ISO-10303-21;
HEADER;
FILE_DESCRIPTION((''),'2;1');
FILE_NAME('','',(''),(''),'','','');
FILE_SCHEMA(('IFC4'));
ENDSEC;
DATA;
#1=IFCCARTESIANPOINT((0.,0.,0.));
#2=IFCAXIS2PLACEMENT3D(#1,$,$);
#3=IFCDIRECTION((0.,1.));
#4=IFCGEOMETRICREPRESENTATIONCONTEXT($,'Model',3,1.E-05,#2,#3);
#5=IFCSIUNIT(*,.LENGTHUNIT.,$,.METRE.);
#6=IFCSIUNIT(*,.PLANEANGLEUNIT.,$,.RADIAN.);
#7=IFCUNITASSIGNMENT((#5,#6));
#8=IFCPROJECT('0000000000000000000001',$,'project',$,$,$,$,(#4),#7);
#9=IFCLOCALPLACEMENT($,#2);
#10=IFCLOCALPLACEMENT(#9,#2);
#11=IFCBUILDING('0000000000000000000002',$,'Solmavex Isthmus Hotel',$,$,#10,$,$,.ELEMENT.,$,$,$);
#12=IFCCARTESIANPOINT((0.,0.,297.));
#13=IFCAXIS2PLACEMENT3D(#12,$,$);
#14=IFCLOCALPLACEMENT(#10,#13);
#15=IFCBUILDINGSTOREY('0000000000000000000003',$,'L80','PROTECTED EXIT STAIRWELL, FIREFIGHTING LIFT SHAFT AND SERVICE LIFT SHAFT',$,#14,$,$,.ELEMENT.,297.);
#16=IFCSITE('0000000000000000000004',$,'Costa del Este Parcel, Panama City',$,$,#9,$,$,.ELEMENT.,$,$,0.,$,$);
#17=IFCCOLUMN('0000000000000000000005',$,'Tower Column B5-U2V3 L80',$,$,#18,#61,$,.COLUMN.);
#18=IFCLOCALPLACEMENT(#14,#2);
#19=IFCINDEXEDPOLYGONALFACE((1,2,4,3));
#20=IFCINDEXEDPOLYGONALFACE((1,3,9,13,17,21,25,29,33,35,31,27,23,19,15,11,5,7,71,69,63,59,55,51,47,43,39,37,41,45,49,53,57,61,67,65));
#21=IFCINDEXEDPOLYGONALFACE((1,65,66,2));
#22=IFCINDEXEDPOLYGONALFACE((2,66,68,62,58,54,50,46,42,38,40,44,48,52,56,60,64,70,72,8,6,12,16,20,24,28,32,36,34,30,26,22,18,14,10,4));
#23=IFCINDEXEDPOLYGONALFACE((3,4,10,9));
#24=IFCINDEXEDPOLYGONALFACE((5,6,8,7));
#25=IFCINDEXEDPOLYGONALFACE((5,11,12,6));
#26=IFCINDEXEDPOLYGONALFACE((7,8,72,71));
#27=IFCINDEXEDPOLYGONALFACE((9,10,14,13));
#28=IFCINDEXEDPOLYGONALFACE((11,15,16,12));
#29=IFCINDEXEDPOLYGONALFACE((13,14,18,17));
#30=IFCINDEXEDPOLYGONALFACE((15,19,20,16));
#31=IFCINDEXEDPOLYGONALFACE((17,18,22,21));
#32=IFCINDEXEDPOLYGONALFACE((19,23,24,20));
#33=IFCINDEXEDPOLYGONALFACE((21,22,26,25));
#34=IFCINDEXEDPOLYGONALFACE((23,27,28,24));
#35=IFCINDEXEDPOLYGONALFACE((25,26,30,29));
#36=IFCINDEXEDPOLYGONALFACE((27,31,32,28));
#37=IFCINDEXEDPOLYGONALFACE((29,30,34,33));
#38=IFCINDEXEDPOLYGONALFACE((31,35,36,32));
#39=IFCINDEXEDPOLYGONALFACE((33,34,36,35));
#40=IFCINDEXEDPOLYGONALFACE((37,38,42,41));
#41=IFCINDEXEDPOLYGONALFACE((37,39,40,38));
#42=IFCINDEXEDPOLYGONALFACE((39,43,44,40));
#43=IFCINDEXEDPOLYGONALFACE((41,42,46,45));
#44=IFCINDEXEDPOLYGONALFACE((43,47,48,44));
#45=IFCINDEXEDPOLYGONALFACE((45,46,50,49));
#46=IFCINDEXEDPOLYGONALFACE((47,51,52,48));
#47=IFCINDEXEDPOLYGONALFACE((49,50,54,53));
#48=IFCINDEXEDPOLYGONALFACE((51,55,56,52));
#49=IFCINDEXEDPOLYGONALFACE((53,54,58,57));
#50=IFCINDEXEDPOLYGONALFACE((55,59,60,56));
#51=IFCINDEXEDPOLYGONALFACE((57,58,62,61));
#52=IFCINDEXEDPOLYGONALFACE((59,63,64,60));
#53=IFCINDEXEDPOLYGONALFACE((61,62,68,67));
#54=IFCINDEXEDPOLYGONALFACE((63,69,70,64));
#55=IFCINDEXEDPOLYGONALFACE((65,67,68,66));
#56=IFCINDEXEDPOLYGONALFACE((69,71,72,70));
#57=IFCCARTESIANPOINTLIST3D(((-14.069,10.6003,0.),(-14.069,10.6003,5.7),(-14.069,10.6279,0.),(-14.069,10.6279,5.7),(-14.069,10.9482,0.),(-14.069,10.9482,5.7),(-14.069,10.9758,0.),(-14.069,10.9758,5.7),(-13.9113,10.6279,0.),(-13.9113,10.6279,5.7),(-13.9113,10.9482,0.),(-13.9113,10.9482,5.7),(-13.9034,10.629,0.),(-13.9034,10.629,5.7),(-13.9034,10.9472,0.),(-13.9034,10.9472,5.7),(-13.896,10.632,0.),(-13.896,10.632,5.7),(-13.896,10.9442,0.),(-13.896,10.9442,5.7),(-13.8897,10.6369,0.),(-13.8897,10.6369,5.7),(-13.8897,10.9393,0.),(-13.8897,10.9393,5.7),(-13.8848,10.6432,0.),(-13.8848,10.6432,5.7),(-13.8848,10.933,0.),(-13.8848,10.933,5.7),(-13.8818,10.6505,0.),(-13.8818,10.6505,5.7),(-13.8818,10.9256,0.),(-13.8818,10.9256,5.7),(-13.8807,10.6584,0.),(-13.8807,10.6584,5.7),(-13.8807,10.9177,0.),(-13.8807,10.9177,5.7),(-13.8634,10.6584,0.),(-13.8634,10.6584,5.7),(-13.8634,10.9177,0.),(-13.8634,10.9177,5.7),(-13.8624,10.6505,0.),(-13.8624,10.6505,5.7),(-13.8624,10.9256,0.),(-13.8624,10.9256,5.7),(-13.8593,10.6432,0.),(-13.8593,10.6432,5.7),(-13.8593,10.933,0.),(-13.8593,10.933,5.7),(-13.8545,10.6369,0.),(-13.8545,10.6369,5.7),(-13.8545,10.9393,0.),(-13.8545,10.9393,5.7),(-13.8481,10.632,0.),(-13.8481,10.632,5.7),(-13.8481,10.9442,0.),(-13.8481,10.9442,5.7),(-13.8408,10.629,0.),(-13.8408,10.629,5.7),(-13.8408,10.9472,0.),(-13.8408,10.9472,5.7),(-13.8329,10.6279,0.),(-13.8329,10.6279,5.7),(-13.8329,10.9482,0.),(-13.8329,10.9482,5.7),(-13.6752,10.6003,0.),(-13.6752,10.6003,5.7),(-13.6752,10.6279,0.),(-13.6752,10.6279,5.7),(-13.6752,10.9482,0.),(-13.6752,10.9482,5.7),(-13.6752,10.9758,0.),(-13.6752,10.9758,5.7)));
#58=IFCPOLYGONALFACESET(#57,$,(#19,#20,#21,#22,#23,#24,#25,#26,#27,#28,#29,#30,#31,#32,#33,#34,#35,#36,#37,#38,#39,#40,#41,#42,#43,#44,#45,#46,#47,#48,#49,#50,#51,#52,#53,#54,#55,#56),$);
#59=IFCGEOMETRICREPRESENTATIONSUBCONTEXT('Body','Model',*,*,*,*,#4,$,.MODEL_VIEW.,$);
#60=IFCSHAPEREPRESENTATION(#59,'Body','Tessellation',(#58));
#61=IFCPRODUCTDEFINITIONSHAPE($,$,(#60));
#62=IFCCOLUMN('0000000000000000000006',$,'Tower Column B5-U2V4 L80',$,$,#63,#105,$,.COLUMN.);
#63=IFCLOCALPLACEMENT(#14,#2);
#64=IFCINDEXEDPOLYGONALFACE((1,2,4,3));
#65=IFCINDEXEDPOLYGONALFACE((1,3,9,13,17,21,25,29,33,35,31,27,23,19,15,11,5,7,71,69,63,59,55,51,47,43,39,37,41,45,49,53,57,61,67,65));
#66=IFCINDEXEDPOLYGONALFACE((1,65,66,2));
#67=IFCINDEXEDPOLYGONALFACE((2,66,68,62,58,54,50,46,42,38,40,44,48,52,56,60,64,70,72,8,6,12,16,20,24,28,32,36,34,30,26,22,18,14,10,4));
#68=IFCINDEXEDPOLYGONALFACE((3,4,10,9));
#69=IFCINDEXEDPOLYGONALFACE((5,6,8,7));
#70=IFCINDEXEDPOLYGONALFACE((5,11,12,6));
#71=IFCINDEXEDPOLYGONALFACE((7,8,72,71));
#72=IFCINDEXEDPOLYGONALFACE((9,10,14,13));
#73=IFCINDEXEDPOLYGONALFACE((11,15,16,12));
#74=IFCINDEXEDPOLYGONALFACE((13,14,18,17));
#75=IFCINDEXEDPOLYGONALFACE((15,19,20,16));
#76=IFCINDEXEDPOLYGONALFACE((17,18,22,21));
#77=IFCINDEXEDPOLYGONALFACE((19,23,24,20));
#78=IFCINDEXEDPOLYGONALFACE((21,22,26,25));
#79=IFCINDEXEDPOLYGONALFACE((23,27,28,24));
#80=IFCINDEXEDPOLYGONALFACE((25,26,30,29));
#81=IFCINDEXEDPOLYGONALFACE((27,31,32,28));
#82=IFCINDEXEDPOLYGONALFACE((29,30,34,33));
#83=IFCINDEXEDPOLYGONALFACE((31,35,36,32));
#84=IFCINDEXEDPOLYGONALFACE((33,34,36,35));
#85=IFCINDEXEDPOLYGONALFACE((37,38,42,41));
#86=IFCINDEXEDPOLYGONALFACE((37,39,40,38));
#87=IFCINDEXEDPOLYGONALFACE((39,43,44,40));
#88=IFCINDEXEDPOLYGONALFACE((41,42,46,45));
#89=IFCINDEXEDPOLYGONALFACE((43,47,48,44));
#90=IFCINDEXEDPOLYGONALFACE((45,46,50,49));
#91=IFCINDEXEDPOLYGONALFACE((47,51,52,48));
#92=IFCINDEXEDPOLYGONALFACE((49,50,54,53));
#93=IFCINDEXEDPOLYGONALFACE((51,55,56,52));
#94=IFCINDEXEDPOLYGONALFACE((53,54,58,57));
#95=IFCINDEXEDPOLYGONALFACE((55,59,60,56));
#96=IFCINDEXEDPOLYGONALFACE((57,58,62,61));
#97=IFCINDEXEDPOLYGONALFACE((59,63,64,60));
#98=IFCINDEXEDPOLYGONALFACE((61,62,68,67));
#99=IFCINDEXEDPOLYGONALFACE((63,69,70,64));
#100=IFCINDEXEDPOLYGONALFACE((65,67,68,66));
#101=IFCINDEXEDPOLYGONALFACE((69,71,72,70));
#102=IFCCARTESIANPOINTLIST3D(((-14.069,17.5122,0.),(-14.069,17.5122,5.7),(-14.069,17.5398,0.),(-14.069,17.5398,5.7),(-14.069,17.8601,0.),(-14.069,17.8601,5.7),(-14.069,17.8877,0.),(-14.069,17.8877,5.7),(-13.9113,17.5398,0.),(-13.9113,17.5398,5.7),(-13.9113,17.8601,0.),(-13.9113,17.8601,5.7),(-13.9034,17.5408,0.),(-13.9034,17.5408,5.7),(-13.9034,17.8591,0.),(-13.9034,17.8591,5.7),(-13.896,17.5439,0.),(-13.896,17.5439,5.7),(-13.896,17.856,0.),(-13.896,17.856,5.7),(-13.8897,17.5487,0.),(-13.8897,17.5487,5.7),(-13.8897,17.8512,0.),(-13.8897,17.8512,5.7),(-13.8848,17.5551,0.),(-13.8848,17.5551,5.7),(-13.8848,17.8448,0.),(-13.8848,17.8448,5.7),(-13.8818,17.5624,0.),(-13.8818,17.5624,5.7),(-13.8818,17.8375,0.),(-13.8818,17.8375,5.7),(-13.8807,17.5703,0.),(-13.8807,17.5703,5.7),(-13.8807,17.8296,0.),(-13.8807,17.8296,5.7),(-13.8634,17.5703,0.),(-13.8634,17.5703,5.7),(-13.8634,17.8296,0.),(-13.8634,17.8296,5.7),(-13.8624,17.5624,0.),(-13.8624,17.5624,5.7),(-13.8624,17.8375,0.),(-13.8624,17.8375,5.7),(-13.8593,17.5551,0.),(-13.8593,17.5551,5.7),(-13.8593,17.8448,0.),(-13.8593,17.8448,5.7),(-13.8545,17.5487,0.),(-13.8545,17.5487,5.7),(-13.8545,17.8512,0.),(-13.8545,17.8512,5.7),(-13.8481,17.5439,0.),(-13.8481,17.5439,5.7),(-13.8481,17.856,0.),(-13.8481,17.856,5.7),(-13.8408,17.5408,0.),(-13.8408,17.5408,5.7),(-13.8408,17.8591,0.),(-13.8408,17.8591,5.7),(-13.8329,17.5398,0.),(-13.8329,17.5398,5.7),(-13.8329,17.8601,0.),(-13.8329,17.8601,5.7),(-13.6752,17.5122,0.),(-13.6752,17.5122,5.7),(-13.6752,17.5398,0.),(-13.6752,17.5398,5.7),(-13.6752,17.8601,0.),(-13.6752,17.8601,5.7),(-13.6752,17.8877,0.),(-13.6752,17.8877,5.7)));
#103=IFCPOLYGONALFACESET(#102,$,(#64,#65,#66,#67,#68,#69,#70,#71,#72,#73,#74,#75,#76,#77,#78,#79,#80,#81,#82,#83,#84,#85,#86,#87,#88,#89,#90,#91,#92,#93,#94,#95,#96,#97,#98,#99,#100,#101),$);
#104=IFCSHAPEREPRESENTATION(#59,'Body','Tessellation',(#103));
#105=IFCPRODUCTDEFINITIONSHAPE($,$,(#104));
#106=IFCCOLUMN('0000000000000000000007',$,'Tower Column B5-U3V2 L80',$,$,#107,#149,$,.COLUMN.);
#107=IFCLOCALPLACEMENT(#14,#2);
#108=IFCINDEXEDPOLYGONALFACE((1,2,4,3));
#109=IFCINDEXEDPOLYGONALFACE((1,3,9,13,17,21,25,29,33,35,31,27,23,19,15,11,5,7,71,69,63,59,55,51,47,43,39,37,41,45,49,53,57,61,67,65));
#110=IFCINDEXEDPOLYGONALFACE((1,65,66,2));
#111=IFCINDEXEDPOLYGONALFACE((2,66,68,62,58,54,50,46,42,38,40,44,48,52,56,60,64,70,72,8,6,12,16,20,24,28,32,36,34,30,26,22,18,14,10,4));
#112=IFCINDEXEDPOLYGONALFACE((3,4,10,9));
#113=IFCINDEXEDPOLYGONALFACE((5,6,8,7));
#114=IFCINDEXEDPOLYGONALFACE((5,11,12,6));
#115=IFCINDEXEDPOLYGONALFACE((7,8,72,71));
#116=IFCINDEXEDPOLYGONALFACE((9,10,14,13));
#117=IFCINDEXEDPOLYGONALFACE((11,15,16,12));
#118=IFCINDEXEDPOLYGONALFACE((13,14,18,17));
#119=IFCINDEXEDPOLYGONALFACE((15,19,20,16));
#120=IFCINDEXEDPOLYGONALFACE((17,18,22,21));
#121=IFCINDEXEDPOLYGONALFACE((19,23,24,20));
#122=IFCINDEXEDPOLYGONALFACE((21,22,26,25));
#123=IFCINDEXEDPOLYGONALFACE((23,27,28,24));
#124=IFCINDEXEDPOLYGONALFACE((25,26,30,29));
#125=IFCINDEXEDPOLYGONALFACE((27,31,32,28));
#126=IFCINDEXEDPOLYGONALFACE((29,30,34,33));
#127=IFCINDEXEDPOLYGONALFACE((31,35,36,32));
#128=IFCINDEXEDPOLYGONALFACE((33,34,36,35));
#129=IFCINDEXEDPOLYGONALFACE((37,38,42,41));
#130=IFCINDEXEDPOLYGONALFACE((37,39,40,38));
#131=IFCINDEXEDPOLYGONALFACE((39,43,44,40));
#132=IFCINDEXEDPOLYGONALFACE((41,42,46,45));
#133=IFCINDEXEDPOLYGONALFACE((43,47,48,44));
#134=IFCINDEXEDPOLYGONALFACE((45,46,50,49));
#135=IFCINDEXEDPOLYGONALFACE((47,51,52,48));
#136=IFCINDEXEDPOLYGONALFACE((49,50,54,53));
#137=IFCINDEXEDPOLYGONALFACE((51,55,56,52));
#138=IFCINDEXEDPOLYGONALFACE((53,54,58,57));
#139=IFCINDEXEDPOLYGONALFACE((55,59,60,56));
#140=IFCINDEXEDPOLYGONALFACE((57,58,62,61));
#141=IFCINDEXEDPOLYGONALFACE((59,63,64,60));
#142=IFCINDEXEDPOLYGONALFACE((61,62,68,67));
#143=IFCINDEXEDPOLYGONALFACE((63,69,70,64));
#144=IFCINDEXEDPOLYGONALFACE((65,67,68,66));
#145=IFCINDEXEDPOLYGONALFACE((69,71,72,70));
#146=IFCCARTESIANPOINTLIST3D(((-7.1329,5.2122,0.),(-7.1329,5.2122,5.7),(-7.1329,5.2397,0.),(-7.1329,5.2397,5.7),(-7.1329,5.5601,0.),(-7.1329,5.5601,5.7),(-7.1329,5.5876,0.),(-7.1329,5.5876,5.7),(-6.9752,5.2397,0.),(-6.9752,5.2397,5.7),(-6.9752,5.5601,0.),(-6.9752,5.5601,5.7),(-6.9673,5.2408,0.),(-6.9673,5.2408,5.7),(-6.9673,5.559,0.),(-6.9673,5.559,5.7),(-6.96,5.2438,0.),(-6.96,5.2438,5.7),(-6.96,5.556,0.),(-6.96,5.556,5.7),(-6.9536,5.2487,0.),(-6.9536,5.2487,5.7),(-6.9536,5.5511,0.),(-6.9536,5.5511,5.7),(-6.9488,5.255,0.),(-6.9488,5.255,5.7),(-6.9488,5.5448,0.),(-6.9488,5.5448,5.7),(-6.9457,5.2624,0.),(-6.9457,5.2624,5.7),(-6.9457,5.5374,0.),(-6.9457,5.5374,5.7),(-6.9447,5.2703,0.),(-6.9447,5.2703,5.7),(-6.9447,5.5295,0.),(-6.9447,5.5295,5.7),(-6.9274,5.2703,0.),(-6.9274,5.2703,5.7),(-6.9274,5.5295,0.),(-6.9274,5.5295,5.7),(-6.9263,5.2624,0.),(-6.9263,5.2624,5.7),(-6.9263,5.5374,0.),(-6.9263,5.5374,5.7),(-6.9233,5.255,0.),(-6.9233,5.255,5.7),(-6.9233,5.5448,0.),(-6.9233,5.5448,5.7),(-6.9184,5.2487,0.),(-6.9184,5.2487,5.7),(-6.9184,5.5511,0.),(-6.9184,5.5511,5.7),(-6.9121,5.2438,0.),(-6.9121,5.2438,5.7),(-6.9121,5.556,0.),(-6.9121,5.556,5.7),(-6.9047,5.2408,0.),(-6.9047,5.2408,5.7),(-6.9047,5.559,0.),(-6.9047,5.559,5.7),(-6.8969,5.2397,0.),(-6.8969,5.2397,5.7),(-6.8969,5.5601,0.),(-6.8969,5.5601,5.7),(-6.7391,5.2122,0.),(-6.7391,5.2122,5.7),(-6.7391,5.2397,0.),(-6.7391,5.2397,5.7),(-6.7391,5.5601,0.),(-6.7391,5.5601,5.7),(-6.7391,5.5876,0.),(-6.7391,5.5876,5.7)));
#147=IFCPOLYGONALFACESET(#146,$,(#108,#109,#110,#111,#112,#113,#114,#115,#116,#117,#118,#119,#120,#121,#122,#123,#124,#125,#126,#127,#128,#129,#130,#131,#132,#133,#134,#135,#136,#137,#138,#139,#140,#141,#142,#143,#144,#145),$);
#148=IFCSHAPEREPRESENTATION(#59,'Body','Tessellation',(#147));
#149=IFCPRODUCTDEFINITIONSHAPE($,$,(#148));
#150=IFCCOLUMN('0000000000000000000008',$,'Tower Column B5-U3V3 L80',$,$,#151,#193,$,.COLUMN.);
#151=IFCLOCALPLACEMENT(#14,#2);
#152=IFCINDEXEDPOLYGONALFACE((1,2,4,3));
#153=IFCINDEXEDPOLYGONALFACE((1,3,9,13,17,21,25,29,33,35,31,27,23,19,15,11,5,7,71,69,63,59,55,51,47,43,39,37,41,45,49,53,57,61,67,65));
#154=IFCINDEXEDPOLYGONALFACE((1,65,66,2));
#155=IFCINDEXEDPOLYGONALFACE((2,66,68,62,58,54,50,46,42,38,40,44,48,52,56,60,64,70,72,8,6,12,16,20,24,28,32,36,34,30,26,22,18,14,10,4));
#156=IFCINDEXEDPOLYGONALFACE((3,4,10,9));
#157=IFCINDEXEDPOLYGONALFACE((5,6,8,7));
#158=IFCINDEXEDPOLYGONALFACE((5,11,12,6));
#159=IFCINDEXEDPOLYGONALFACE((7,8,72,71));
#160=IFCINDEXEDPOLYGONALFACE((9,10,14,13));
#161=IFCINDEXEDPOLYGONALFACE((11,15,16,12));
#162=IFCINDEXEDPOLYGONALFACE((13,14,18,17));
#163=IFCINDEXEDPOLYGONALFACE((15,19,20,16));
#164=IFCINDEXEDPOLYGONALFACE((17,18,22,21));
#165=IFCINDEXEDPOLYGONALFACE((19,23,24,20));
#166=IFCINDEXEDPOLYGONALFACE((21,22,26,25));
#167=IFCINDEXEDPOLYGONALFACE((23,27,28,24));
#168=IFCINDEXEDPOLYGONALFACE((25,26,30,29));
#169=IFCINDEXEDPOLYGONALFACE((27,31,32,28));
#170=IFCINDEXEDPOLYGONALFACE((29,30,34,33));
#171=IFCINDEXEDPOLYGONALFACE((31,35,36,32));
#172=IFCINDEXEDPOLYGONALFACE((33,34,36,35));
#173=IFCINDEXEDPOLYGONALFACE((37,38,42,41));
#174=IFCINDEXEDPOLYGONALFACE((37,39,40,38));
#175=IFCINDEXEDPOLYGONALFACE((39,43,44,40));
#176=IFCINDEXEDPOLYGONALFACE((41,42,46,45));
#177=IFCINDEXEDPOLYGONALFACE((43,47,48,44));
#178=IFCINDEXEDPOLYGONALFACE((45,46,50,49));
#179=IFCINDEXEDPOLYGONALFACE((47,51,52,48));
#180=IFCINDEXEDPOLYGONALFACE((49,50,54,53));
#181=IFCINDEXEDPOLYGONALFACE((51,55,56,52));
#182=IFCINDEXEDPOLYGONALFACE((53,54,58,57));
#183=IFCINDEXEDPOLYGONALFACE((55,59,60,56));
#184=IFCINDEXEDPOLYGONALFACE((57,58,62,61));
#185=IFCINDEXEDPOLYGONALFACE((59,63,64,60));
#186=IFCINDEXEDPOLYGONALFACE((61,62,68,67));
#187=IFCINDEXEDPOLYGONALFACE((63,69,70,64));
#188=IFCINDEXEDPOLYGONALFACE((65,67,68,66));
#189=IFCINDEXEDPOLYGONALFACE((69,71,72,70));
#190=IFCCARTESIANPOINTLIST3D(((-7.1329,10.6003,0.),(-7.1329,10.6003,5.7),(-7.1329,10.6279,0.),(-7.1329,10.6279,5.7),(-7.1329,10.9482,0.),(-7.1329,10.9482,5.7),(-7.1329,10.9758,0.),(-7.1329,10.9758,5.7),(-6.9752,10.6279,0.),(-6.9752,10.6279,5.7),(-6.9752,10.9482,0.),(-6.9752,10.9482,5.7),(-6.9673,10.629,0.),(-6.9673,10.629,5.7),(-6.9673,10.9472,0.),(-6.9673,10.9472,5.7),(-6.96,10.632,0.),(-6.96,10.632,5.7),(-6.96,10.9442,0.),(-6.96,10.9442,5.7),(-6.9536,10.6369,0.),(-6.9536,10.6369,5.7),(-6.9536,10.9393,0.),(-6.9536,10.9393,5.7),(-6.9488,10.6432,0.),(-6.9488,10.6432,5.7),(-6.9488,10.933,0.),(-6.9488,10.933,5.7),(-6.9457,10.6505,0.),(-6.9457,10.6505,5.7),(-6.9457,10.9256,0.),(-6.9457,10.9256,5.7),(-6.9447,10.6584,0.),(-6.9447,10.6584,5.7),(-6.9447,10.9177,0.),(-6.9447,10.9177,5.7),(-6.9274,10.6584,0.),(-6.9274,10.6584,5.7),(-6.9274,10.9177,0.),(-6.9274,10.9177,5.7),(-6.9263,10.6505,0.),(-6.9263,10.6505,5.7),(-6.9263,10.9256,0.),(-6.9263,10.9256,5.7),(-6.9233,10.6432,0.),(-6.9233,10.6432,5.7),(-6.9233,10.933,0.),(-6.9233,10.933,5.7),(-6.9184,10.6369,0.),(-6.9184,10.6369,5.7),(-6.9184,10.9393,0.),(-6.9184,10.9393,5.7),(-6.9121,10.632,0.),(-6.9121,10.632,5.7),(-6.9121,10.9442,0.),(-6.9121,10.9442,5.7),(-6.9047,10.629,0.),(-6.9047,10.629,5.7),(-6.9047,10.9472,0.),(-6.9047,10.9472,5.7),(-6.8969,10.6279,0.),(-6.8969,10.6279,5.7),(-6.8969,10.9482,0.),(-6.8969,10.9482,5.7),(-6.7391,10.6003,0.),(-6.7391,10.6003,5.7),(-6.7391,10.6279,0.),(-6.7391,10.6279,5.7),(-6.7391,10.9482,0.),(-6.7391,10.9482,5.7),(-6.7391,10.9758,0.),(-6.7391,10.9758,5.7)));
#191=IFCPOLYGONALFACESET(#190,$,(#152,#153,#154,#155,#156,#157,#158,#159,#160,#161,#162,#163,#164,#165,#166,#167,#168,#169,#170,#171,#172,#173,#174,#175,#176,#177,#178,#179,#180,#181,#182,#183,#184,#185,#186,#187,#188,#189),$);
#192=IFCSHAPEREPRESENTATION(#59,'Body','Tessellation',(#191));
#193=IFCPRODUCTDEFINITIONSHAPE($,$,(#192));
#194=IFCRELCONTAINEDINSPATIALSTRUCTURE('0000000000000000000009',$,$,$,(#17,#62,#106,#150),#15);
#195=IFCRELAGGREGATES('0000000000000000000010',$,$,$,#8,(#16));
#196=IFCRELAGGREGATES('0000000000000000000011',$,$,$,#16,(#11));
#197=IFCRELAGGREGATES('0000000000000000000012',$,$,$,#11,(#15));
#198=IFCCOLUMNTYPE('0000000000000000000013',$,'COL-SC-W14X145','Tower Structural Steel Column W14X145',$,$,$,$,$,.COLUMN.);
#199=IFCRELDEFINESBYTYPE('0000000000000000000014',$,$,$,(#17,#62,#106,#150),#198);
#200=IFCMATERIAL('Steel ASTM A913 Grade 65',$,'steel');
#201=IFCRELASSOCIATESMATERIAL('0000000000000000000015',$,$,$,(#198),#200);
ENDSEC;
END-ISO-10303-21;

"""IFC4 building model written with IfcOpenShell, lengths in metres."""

from ifc_helpers import new_model, si_unit, direction, frame, origin, origin_2d, place, context, subcontext, project, spatial, i_section, extrude, material, material_profile, profile_set, type_object, element, save


model = new_model("IFC4")

# Units and contexts
model_context = context("Model", 3, precision=1e-05, world=origin(), true_north=direction((0.0, 1.0)))
body_context = subcontext(model_context, "Body", "Model", "MODEL_VIEW")
ifc_project = project(units=[si_unit("LENGTHUNIT", "METRE"), si_unit("PLANEANGLEUNIT", "RADIAN")], contexts=[model_context])

# Site, building, storey
site_placement = place(None, origin())
site = spatial("IfcSite", under=ifc_project, at=site_placement, Name="Costa del Este Parcel, Panama City", CompositionType="ELEMENT", RefElevation=0.0)
building_placement = place(site_placement, origin())
building = spatial("IfcBuilding", under=site, at=building_placement, Name="Solmavex Isthmus Hotel", CompositionType="ELEMENT")
storey_placement = place(building_placement, frame((0.0, 0.0, 297.0)))
storey = spatial("IfcBuildingStorey", under=building, at=storey_placement, Name="L80", Description="PROTECTED EXIT STAIRWELL, FIREFIGHTING LIFT SHAFT AND SERVICE LIFT SHAFT", CompositionType="ELEMENT", Elevation=297.0)

# Columns
ifc_material_1 = material(Name="Steel ASTM A913 Grade 65", Category="steel")
ifc_material_profile_1 = material_profile(ifc_material_1, i_section(OverallWidth=0.3938, OverallDepth=0.3755, WebThickness=0.0173, FlangeThickness=0.0276, FilletRadius=0.0305, at=origin_2d()), Name="W14X145")
ifc_profile_set_1 = profile_set([ifc_material_profile_1], Name="Steel ASTM A913 Grade 65")
column_type = type_object("IfcColumnType", Name="COL-SC-W14X145", Description="Tower Structural Steel Column W14X145", PredefinedType="COLUMN", material=ifc_profile_set_1)
for number, where, z_axis, x_axis, name in (
    (1, (-13.8721, 10.7881, 0.0), (0.0, 0.0, 1.0), (1.0, 0.0, 0.0), "Tower Column B5-U2V3 L80"),
    (2, (-13.8721, 17.7, 0.0), (0.0, 0.0, 1.0), (1.0, 0.0, 0.0), "Tower Column B5-U2V4 L80"),
    (3, (-6.936, 5.3999, 0.0), (0.0, 0.0, 1.0), (1.0, 0.0, 0.0), "Tower Column B5-U3V2 L80"),
    (4, (-6.936, 10.7881, 0.0), (0.0, 0.0, 1.0), (1.0, 0.0, 0.0), "Tower Column B5-U3V3 L80"),
):
    element("IfcColumn", number, at=place(storey_placement, frame(where, z_axis=z_axis, x_axis=x_axis)), inside=storey, type_object=column_type, Name=name, PredefinedType="COLUMN", context=body_context, shape_type="SweptSolid", body=[
        extrude(i_section(OverallWidth=0.3938, OverallDepth=0.3755, WebThickness=0.0173, FlangeThickness=0.0276, FilletRadius=0.0305, at=origin_2d()), origin(), (0.0, 0.0, 1.0), 5.7),
    ])

save(model, "model.ifc")
